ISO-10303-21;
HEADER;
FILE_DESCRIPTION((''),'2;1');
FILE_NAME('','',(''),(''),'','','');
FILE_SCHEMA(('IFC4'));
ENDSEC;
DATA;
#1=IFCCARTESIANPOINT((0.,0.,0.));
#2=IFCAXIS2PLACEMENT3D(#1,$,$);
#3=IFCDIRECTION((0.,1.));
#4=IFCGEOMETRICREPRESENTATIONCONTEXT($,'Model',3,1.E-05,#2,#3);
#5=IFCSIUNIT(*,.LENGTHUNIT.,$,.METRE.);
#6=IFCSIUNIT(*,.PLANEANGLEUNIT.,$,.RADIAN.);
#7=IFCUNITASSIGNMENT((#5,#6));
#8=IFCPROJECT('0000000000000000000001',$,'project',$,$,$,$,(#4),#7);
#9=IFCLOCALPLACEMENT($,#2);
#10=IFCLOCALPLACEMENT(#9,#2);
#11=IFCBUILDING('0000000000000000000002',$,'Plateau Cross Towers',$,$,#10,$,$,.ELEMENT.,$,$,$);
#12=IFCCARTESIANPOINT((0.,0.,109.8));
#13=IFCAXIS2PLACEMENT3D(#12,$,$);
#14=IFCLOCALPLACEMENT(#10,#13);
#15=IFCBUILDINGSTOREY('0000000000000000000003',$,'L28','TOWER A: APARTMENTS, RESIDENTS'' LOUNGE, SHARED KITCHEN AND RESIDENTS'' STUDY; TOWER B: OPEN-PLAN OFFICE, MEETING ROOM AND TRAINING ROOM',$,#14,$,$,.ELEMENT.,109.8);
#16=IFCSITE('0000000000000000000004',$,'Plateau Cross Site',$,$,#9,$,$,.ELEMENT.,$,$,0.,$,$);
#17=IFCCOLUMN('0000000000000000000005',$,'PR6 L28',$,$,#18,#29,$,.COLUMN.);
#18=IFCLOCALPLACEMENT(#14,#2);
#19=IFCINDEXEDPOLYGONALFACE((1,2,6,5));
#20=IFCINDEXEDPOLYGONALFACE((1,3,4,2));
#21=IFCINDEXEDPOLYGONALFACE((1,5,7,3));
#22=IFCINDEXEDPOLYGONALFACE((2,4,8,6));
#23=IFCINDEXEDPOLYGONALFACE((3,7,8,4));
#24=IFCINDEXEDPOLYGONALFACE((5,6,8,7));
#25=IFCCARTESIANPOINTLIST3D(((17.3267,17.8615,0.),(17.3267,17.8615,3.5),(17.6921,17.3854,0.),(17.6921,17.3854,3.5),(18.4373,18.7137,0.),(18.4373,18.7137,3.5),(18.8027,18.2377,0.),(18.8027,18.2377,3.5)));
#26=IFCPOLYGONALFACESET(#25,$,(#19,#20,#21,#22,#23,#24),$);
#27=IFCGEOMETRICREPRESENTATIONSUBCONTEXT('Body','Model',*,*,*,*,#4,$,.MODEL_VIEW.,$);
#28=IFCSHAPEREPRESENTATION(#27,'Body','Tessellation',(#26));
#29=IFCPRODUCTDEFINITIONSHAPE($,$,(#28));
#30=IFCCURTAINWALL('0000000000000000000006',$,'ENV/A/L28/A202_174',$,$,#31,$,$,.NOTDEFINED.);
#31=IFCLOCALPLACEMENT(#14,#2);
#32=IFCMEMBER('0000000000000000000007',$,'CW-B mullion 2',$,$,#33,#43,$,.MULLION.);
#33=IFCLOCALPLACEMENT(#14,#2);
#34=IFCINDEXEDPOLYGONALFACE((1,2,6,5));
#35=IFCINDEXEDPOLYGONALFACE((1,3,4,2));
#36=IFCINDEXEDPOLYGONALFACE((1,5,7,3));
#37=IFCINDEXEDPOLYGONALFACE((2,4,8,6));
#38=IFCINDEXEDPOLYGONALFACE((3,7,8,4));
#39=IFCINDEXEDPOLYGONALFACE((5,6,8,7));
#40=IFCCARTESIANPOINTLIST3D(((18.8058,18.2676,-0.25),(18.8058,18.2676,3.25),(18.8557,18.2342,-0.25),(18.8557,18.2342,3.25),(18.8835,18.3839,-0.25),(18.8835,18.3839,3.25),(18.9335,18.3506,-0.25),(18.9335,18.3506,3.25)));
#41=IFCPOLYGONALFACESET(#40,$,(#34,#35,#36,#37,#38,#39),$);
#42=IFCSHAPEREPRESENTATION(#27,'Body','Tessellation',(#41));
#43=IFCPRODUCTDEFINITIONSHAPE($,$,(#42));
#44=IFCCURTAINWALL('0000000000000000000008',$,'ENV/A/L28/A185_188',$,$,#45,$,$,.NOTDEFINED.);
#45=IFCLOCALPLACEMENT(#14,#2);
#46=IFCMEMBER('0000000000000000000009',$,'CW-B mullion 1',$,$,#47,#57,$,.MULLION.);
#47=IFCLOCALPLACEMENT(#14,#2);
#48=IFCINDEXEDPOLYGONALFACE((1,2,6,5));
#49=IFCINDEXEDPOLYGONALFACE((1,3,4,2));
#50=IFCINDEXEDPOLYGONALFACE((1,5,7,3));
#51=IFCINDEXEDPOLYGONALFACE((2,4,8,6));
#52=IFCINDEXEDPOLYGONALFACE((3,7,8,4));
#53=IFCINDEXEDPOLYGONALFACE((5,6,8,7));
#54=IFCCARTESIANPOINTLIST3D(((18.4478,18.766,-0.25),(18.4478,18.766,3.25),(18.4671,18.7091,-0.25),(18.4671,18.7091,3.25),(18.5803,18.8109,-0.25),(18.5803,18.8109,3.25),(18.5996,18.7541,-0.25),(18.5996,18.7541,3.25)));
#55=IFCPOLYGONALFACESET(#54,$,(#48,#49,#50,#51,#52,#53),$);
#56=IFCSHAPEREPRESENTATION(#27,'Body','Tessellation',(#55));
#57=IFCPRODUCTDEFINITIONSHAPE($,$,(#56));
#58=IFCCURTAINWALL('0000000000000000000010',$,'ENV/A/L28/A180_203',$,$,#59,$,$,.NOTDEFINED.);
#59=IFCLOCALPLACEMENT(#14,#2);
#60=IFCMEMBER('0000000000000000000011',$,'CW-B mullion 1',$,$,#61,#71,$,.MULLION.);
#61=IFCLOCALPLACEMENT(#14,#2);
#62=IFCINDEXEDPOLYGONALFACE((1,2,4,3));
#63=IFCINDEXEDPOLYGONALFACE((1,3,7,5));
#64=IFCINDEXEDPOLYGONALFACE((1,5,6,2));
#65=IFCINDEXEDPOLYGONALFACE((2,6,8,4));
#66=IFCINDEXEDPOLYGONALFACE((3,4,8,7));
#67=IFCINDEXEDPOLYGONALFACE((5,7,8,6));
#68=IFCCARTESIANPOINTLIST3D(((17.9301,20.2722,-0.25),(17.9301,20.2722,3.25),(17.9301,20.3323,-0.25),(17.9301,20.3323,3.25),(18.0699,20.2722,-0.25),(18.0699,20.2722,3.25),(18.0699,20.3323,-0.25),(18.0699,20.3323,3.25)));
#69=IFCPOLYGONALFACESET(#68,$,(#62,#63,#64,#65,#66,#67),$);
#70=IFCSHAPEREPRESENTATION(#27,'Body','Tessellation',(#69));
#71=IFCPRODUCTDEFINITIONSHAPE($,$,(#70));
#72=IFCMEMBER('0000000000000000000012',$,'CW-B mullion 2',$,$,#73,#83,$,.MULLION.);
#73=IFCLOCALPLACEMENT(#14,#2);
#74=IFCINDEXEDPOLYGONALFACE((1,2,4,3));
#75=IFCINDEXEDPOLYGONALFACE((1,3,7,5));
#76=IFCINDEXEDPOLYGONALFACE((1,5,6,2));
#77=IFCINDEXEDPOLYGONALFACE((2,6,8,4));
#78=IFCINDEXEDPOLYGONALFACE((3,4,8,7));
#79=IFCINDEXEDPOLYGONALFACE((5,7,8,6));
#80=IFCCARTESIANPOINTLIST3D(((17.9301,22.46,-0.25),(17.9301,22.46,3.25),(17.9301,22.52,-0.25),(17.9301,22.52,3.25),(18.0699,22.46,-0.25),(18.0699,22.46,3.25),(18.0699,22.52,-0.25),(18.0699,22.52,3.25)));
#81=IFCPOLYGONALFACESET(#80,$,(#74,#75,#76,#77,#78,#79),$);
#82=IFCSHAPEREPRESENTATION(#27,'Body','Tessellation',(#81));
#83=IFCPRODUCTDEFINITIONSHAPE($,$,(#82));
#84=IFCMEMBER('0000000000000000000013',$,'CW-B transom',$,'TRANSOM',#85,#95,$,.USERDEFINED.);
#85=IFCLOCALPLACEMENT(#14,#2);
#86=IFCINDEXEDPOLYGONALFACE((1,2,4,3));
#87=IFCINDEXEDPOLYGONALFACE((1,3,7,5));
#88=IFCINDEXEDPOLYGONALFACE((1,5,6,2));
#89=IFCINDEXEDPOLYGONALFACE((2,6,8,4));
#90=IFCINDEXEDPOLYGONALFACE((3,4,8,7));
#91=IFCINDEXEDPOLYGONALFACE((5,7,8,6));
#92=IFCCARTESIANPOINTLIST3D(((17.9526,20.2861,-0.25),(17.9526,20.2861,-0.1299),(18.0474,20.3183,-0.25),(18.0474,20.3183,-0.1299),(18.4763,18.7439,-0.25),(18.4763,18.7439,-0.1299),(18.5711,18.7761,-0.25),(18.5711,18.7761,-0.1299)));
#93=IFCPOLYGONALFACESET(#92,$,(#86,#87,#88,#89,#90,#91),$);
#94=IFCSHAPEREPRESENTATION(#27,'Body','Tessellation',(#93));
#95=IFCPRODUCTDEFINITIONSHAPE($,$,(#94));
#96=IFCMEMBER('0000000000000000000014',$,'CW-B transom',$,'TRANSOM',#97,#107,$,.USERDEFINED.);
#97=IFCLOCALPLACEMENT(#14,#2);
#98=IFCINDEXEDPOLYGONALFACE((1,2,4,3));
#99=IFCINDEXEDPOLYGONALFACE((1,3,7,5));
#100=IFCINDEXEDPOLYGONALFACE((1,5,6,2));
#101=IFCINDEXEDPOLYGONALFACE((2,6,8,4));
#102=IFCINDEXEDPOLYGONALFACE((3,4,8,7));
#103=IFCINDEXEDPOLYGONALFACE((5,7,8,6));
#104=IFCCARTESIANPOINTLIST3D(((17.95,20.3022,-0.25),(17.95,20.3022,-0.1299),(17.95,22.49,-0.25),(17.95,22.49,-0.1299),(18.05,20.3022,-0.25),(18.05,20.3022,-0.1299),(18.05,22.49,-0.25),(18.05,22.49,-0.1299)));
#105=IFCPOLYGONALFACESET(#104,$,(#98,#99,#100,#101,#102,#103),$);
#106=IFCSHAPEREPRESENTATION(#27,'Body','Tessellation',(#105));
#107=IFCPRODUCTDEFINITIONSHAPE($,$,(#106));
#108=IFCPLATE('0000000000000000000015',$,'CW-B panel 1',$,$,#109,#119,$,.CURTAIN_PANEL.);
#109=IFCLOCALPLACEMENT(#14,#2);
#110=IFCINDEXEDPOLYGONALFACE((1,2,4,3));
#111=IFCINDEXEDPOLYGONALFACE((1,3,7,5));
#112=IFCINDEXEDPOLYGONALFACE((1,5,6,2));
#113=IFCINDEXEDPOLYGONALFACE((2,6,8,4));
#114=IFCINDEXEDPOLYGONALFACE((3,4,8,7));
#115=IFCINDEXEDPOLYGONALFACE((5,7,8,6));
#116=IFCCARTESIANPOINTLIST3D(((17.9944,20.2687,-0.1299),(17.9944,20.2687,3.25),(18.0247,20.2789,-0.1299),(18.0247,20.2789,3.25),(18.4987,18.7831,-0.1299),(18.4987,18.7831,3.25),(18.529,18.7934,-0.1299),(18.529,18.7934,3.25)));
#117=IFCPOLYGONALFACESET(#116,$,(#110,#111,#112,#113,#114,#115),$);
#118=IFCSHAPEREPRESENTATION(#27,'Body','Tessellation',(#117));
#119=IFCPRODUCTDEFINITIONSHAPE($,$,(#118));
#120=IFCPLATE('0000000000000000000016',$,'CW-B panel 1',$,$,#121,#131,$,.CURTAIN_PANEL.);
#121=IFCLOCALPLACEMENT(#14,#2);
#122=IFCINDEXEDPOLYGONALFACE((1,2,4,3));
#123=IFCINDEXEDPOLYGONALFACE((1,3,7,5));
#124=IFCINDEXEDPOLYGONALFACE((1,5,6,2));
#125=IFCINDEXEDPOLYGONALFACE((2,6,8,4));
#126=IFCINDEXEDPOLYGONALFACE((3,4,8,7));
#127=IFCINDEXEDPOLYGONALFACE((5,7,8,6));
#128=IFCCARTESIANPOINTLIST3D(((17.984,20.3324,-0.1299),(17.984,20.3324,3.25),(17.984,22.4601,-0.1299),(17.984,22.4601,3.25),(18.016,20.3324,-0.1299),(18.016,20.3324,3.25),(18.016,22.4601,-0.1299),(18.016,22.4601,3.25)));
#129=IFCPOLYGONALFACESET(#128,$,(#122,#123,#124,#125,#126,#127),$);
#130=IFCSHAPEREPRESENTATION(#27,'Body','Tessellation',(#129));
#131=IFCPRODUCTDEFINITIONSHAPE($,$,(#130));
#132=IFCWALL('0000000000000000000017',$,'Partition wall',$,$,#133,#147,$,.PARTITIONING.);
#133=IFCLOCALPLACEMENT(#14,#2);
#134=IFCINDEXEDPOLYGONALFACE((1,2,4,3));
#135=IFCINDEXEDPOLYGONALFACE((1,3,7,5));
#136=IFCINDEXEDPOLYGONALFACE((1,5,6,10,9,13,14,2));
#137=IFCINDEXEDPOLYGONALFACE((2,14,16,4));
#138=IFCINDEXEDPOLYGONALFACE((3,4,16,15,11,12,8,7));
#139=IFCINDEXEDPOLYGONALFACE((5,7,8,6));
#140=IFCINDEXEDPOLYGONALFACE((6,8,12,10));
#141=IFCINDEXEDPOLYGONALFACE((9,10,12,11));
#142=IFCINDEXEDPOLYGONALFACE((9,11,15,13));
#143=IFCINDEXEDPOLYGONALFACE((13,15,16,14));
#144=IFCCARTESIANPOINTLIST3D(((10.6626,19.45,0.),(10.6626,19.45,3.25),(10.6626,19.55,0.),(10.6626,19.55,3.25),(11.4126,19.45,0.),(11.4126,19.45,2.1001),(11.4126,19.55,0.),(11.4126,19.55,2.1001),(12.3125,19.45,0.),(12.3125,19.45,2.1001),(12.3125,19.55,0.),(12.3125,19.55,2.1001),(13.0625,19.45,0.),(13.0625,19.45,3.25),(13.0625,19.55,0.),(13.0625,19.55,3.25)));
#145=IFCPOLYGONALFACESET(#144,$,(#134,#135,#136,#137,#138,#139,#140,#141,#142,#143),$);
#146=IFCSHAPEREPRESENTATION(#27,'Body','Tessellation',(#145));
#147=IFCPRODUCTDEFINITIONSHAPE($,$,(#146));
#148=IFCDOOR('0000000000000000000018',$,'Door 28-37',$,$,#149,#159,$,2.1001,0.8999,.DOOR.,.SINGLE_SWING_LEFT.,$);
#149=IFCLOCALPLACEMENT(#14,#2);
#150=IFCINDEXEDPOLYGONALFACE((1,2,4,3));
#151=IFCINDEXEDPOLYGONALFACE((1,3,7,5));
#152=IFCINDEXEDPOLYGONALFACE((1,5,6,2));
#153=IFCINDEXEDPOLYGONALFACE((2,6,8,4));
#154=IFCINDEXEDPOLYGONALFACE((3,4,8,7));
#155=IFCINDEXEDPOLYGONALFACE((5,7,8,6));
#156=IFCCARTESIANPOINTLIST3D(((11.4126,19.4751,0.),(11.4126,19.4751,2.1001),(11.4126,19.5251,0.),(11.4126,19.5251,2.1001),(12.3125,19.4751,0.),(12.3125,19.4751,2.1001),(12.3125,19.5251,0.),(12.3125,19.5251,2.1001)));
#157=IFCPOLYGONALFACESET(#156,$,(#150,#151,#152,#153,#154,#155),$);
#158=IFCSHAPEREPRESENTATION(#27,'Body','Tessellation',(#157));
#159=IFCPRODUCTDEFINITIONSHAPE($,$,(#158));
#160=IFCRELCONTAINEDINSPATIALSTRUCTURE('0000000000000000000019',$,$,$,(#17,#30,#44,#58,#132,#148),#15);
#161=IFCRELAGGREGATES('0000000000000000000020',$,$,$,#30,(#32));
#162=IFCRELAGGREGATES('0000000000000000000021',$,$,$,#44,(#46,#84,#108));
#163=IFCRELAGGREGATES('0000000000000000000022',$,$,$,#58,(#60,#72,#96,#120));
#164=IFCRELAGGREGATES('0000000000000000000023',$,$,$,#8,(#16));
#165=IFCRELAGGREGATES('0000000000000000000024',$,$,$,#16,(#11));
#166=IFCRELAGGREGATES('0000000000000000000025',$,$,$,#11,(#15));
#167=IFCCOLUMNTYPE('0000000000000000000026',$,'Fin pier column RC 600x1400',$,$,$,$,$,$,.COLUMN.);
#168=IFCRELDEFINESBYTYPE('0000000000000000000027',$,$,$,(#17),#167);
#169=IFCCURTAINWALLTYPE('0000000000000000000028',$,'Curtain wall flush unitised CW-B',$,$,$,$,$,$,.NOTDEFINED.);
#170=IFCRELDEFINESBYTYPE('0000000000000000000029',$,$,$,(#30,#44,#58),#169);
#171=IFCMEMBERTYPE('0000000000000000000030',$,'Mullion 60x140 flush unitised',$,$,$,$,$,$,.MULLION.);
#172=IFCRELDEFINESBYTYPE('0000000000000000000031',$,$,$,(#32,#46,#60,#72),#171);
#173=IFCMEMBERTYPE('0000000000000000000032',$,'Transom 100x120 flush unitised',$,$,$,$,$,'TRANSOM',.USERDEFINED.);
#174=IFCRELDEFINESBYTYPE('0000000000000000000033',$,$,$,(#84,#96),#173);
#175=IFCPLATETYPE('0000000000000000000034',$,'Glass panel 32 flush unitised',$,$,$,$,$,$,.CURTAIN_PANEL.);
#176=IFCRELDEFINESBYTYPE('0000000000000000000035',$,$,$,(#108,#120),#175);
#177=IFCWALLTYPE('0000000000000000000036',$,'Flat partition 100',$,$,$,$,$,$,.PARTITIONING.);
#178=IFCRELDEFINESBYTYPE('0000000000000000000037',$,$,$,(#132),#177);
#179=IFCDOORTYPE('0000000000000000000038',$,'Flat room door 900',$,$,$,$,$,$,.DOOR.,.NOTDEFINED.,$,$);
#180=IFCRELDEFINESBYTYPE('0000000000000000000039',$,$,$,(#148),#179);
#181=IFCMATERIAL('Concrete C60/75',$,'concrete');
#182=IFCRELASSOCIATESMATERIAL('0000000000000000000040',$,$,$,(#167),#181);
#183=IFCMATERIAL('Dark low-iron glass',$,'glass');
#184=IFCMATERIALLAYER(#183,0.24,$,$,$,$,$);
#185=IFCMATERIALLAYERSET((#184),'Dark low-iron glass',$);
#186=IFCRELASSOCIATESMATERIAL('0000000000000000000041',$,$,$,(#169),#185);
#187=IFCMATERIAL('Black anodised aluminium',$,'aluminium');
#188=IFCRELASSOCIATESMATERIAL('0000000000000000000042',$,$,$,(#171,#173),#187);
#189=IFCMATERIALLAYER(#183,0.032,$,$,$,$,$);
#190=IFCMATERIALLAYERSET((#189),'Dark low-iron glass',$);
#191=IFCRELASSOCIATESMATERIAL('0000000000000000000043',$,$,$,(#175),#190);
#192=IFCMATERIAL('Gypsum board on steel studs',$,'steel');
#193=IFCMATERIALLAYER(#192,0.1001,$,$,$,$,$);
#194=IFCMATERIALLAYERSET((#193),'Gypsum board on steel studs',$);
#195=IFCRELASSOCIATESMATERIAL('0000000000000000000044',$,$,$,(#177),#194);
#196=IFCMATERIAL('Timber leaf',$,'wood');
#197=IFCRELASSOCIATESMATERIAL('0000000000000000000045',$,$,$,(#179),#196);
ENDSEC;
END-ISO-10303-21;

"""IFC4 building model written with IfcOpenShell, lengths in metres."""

from ifc_helpers import new_model, si_unit, direction, frame, frame_2d, origin, origin_2d, place, context, subcontext, project, spatial, rectangle, extrude, material, layer, layer_set, material_profile, profile_set, type_object, element, fill, aggregate, save


model = new_model("IFC4")

# Units and contexts
model_context = context("Model", 3, precision=1e-05, world=origin(), true_north=direction((0.0, 1.0)))
body_context = subcontext(model_context, "Body", "Model", "MODEL_VIEW")
ifc_project = project(units=[si_unit("LENGTHUNIT", "METRE"), si_unit("PLANEANGLEUNIT", "RADIAN")], contexts=[model_context])

# Site, building, storey
site_placement = place(None, origin())
site = spatial("IfcSite", under=ifc_project, at=site_placement, Name="Plateau Cross Site", CompositionType="ELEMENT", RefElevation=0.0)
building_placement = place(site_placement, origin())
building = spatial("IfcBuilding", under=site, at=building_placement, Name="Plateau Cross Towers", CompositionType="ELEMENT")
storey_placement = place(building_placement, frame((0.0, 0.0, 109.8)))
storey = spatial("IfcBuildingStorey", under=building, at=storey_placement, Name="L28", Description="TOWER A: APARTMENTS, RESIDENTS' LOUNGE, SHARED KITCHEN AND RESIDENTS' STUDY; TOWER B: OPEN-PLAN OFFICE, MEETING ROOM AND TRAINING ROOM", CompositionType="ELEMENT", Elevation=109.8)

# Column
ifc_material_1 = material(Name="Concrete C60/75", Category="concrete")
ifc_material_profile_1 = material_profile(ifc_material_1, rectangle(XDim=0.6001, YDim=1.3999, at=origin_2d()), Name="RC 600x1400")
ifc_profile_set_1 = profile_set([ifc_material_profile_1], Name="Concrete C60/75")
column_type = type_object("IfcColumnType", Name="Fin pier column RC 600x1400", PredefinedType="COLUMN", material=ifc_profile_set_1)
column_placement = place(storey_placement, frame((18.0647, 18.0496, 0.0), z_axis=(0.0, 0.0, 1.0), x_axis=(-0.608811, 0.793315, 0.0)))
element("IfcColumn", 1, at=column_placement, inside=storey, type_object=column_type, Name="PR6 L28", PredefinedType="COLUMN", context=body_context, shape_type="SweptSolid", body=[
    extrude(rectangle(XDim=0.6001, YDim=1.3999, at=origin_2d()), origin(), (0.0, 0.0, 1.0), 3.5),
])

# Curtain walls, members
ifc_material_2 = material(Name="Dark low-iron glass", Category="glass")
ifc_layer_1 = layer(ifc_material_2, 0.24)
ifc_layer_set_1 = layer_set([ifc_layer_1], Name="Dark low-iron glass")
curtain_wall_type = type_object("IfcCurtainWallType", Name="Curtain wall flush unitised CW-B", PredefinedType="NOTDEFINED", material=ifc_layer_set_1)
curtain_wall_1_placement = place(storey_placement, origin())
curtain_wall_1 = element("IfcCurtainWall", 2, at=curtain_wall_1_placement, inside=storey, type_object=curtain_wall_type, Name="ENV/A/L28/A202_174", PredefinedType="NOTDEFINED")
ifc_material_3 = material(Name="Black anodised aluminium", Category="aluminium")
ifc_material_profile_2 = material_profile(ifc_material_3, rectangle(XDim=0.0601, YDim=0.1399, at=origin_2d()), Name="MULLION 60x140")
ifc_profile_set_2 = profile_set([ifc_material_profile_2], Name="Black anodised aluminium")
member_type_1 = type_object("IfcMemberType", Name="Mullion 60x140 flush unitised", PredefinedType="MULLION", material=ifc_profile_set_2)
member_1_placement = place(storey_placement, frame((18.8696, 18.3091, -0.25), z_axis=(0.0, 0.0, 1.0), x_axis=(-0.831521, 0.555493, 0.0)))
member_1 = element("IfcMember", 3, at=member_1_placement, type_object=member_type_1, Name="CW-B mullion 2", PredefinedType="MULLION", context=body_context, shape_type="SweptSolid", body=[
    extrude(rectangle(XDim=0.0601, YDim=0.1399, at=origin_2d()), origin(), (0.0, 0.0, 1.0), 3.5),
])
aggregate(curtain_wall_1, [member_1])
curtain_wall_2_placement = place(storey_placement, origin())
curtain_wall_2 = element("IfcCurtainWall", 4, at=curtain_wall_2_placement, inside=storey, type_object=curtain_wall_type, Name="ENV/A/L28/A185_188", PredefinedType="NOTDEFINED")
member_2_placement = place(storey_placement, frame((18.5237, 18.76, -0.25), z_axis=(0.0, 0.0, 1.0), x_axis=(-0.321469, 0.94692, 0.0)))
member_2 = element("IfcMember", 5, at=member_2_placement, type_object=member_type_1, Name="CW-B mullion 1", PredefinedType="MULLION", context=body_context, shape_type="SweptSolid", body=[
    extrude(rectangle(XDim=0.0601, YDim=0.1399, at=origin_2d()), origin(), (0.0, 0.0, 1.0), 3.5),
])

# Curtain wall, members
curtain_wall_3_placement = place(storey_placement, origin())
curtain_wall_3 = element("IfcCurtainWall", 6, at=curtain_wall_3_placement, inside=storey, type_object=curtain_wall_type, Name="ENV/A/L28/A180_203", PredefinedType="NOTDEFINED")
member_3_placement = place(storey_placement, frame((18.0, 20.3022, -0.25), z_axis=(0.0, 0.0, 1.0), x_axis=(0.0, 1.0, 0.0)))
member_3 = element("IfcMember", 7, at=member_3_placement, type_object=member_type_1, Name="CW-B mullion 1", PredefinedType="MULLION", context=body_context, shape_type="SweptSolid", body=[
    extrude(rectangle(XDim=0.0601, YDim=0.1399, at=origin_2d()), origin(), (0.0, 0.0, 1.0), 3.5),
])
member_4_placement = place(storey_placement, frame((18.0, 22.49, -0.25), z_axis=(0.0, 0.0, 1.0), x_axis=(0.0, 1.0, 0.0)))
member_4 = element("IfcMember", 8, at=member_4_placement, type_object=member_type_1, Name="CW-B mullion 2", PredefinedType="MULLION", context=body_context, shape_type="SweptSolid", body=[
    extrude(rectangle(XDim=0.0601, YDim=0.1399, at=origin_2d()), origin(), (0.0, 0.0, 1.0), 3.5),
])

# Members
ifc_material_profile_3 = material_profile(ifc_material_3, rectangle(XDim=0.1001, YDim=0.1201, at=origin_2d()), Name="TRANSOM 100x120")
ifc_profile_set_3 = profile_set([ifc_material_profile_3], Name="Black anodised aluminium")
member_type_2 = type_object("IfcMemberType", Name="Transom 100x120 flush unitised", ElementType="TRANSOM", PredefinedType="USERDEFINED", material=ifc_profile_set_3)
member_5_placement = place(storey_placement, frame((18.5237, 18.76, -0.1899), z_axis=(-0.321529, 0.9469, 0.0), x_axis=(-0.9469, -0.321529, 0.0)))
member_5 = element("IfcMember", 9, at=member_5_placement, type_object=member_type_2, Name="CW-B transom", ObjectType="TRANSOM", PredefinedType="USERDEFINED", context=body_context, shape_type="SweptSolid", body=[
    extrude(rectangle(XDim=0.1001, YDim=0.1201, at=origin_2d()), origin(), (0.0, 0.0, 1.0), 1.6287),
])
member_6_placement = place(storey_placement, frame((18.0, 20.3022, -0.1899), z_axis=(0.0, 1.0, 0.0), x_axis=(-1.0, 0.0, 0.0)))
member_6 = element("IfcMember", 10, at=member_6_placement, type_object=member_type_2, Name="CW-B transom", ObjectType="TRANSOM", PredefinedType="USERDEFINED", context=body_context, shape_type="SweptSolid", body=[
    extrude(rectangle(XDim=0.1001, YDim=0.1201, at=origin_2d()), origin(), (0.0, 0.0, 1.0), 2.1877),
])

# Plates
ifc_layer_2 = layer(ifc_material_2, 0.032)
ifc_layer_set_2 = layer_set([ifc_layer_2], Name="Dark low-iron glass")
plate_type = type_object("IfcPlateType", Name="Glass panel 32 flush unitised", PredefinedType="CURTAIN_PANEL", material=ifc_layer_set_2)
plate_1_placement = place(storey_placement, frame((18.2617, 19.531, -0.1299), z_axis=(0.0, 0.0, 1.0), x_axis=(-0.321469, 0.94692, 0.0)))
plate_1 = element("IfcPlate", 11, at=plate_1_placement, type_object=plate_type, Name="CW-B panel 1", PredefinedType="CURTAIN_PANEL", context=body_context, shape_type="SweptSolid", body=[
    extrude(rectangle(XDim=1.5688, YDim=0.032, at=origin_2d()), origin(), (0.0, 0.0, 1.0), 3.3799),
])
aggregate(curtain_wall_2, [member_2, member_5, plate_1])
plate_2_placement = place(storey_placement, frame((18.0, 21.3962, -0.1299), z_axis=(0.0, 0.0, 1.0), x_axis=(0.0, 1.0, 0.0)))
plate_2 = element("IfcPlate", 12, at=plate_2_placement, type_object=plate_type, Name="CW-B panel 1", PredefinedType="CURTAIN_PANEL", context=body_context, shape_type="SweptSolid", body=[
    extrude(rectangle(XDim=2.1277, YDim=0.032, at=origin_2d()), origin(), (0.0, 0.0, 1.0), 3.3799),
])
aggregate(curtain_wall_3, [member_3, member_4, member_6, plate_2])

# Wall, opening, door
ifc_material_4 = material(Name="Gypsum board on steel studs", Category="steel")
ifc_layer_3 = layer(ifc_material_4, 0.1001)
ifc_layer_set_3 = layer_set([ifc_layer_3], Name="Gypsum board on steel studs")
wall_type_1 = type_object("IfcWallType", Name="Flat partition 100", PredefinedType="PARTITIONING", material=ifc_layer_set_3)
wall_1_placement = place(storey_placement, frame((13.0625, 19.5, 0.0), z_axis=(0.0, 0.0, 1.0), x_axis=(-1.0, 0.0, 0.0)))
wall_1 = element("IfcWall", 13, at=wall_1_placement, inside=storey, type_object=wall_type_1, Name="Partition wall", PredefinedType="PARTITIONING", context=body_context, shape_type="SweptSolid", body=[
    extrude(rectangle(XDim=2.3999, YDim=0.1001, at=frame_2d((1.2, 0.0))), origin(), (0.0, 0.0, 1.0), 3.25),
])
opening_1_placement = place(wall_1_placement, frame((0.75, 0.0, 0.0)))
opening_1 = element("IfcOpeningElement", 14, at=opening_1_placement, cuts=wall_1, PredefinedType="OPENING", context=body_context, shape_type="SweptSolid", body=[
    extrude(rectangle(XDim=0.8999, YDim=2.1001, at=frame_2d((0.45, 1.05))), frame((0.0, 0.0601, 0.0), z_axis=(0.0, -1.0, 0.0), x_axis=(1.0, 0.0, 0.0)), (0.0, 0.0, 1.0), 0.1201),
])
ifc_material_5 = material(Name="Timber leaf", Category="wood")
door_type = type_object("IfcDoorType", Name="Flat room door 900", OperationType="NOTDEFINED", PredefinedType="DOOR", material=ifc_material_5)
door_1_placement = place(opening_1_placement, origin())
door_1 = element("IfcDoor", 15, at=door_1_placement, inside=storey, type_object=door_type, Name="Door 28-37", OperationType="SINGLE_SWING_LEFT", OverallHeight=2.1001, OverallWidth=0.8999, PredefinedType="DOOR", context=body_context, shape_type="SweptSolid", body=[
    extrude(rectangle(XDim=0.8999, YDim=2.1001, at=frame_2d((0.45, 1.05))), frame((0.0, 0.0249, 0.0), z_axis=(0.0, -1.0, 0.0), x_axis=(1.0, 0.0, 0.0)), (0.0, 0.0, 1.0), 0.05),
])
fill(opening_1, door_1)

save(model, "model.ifc")
